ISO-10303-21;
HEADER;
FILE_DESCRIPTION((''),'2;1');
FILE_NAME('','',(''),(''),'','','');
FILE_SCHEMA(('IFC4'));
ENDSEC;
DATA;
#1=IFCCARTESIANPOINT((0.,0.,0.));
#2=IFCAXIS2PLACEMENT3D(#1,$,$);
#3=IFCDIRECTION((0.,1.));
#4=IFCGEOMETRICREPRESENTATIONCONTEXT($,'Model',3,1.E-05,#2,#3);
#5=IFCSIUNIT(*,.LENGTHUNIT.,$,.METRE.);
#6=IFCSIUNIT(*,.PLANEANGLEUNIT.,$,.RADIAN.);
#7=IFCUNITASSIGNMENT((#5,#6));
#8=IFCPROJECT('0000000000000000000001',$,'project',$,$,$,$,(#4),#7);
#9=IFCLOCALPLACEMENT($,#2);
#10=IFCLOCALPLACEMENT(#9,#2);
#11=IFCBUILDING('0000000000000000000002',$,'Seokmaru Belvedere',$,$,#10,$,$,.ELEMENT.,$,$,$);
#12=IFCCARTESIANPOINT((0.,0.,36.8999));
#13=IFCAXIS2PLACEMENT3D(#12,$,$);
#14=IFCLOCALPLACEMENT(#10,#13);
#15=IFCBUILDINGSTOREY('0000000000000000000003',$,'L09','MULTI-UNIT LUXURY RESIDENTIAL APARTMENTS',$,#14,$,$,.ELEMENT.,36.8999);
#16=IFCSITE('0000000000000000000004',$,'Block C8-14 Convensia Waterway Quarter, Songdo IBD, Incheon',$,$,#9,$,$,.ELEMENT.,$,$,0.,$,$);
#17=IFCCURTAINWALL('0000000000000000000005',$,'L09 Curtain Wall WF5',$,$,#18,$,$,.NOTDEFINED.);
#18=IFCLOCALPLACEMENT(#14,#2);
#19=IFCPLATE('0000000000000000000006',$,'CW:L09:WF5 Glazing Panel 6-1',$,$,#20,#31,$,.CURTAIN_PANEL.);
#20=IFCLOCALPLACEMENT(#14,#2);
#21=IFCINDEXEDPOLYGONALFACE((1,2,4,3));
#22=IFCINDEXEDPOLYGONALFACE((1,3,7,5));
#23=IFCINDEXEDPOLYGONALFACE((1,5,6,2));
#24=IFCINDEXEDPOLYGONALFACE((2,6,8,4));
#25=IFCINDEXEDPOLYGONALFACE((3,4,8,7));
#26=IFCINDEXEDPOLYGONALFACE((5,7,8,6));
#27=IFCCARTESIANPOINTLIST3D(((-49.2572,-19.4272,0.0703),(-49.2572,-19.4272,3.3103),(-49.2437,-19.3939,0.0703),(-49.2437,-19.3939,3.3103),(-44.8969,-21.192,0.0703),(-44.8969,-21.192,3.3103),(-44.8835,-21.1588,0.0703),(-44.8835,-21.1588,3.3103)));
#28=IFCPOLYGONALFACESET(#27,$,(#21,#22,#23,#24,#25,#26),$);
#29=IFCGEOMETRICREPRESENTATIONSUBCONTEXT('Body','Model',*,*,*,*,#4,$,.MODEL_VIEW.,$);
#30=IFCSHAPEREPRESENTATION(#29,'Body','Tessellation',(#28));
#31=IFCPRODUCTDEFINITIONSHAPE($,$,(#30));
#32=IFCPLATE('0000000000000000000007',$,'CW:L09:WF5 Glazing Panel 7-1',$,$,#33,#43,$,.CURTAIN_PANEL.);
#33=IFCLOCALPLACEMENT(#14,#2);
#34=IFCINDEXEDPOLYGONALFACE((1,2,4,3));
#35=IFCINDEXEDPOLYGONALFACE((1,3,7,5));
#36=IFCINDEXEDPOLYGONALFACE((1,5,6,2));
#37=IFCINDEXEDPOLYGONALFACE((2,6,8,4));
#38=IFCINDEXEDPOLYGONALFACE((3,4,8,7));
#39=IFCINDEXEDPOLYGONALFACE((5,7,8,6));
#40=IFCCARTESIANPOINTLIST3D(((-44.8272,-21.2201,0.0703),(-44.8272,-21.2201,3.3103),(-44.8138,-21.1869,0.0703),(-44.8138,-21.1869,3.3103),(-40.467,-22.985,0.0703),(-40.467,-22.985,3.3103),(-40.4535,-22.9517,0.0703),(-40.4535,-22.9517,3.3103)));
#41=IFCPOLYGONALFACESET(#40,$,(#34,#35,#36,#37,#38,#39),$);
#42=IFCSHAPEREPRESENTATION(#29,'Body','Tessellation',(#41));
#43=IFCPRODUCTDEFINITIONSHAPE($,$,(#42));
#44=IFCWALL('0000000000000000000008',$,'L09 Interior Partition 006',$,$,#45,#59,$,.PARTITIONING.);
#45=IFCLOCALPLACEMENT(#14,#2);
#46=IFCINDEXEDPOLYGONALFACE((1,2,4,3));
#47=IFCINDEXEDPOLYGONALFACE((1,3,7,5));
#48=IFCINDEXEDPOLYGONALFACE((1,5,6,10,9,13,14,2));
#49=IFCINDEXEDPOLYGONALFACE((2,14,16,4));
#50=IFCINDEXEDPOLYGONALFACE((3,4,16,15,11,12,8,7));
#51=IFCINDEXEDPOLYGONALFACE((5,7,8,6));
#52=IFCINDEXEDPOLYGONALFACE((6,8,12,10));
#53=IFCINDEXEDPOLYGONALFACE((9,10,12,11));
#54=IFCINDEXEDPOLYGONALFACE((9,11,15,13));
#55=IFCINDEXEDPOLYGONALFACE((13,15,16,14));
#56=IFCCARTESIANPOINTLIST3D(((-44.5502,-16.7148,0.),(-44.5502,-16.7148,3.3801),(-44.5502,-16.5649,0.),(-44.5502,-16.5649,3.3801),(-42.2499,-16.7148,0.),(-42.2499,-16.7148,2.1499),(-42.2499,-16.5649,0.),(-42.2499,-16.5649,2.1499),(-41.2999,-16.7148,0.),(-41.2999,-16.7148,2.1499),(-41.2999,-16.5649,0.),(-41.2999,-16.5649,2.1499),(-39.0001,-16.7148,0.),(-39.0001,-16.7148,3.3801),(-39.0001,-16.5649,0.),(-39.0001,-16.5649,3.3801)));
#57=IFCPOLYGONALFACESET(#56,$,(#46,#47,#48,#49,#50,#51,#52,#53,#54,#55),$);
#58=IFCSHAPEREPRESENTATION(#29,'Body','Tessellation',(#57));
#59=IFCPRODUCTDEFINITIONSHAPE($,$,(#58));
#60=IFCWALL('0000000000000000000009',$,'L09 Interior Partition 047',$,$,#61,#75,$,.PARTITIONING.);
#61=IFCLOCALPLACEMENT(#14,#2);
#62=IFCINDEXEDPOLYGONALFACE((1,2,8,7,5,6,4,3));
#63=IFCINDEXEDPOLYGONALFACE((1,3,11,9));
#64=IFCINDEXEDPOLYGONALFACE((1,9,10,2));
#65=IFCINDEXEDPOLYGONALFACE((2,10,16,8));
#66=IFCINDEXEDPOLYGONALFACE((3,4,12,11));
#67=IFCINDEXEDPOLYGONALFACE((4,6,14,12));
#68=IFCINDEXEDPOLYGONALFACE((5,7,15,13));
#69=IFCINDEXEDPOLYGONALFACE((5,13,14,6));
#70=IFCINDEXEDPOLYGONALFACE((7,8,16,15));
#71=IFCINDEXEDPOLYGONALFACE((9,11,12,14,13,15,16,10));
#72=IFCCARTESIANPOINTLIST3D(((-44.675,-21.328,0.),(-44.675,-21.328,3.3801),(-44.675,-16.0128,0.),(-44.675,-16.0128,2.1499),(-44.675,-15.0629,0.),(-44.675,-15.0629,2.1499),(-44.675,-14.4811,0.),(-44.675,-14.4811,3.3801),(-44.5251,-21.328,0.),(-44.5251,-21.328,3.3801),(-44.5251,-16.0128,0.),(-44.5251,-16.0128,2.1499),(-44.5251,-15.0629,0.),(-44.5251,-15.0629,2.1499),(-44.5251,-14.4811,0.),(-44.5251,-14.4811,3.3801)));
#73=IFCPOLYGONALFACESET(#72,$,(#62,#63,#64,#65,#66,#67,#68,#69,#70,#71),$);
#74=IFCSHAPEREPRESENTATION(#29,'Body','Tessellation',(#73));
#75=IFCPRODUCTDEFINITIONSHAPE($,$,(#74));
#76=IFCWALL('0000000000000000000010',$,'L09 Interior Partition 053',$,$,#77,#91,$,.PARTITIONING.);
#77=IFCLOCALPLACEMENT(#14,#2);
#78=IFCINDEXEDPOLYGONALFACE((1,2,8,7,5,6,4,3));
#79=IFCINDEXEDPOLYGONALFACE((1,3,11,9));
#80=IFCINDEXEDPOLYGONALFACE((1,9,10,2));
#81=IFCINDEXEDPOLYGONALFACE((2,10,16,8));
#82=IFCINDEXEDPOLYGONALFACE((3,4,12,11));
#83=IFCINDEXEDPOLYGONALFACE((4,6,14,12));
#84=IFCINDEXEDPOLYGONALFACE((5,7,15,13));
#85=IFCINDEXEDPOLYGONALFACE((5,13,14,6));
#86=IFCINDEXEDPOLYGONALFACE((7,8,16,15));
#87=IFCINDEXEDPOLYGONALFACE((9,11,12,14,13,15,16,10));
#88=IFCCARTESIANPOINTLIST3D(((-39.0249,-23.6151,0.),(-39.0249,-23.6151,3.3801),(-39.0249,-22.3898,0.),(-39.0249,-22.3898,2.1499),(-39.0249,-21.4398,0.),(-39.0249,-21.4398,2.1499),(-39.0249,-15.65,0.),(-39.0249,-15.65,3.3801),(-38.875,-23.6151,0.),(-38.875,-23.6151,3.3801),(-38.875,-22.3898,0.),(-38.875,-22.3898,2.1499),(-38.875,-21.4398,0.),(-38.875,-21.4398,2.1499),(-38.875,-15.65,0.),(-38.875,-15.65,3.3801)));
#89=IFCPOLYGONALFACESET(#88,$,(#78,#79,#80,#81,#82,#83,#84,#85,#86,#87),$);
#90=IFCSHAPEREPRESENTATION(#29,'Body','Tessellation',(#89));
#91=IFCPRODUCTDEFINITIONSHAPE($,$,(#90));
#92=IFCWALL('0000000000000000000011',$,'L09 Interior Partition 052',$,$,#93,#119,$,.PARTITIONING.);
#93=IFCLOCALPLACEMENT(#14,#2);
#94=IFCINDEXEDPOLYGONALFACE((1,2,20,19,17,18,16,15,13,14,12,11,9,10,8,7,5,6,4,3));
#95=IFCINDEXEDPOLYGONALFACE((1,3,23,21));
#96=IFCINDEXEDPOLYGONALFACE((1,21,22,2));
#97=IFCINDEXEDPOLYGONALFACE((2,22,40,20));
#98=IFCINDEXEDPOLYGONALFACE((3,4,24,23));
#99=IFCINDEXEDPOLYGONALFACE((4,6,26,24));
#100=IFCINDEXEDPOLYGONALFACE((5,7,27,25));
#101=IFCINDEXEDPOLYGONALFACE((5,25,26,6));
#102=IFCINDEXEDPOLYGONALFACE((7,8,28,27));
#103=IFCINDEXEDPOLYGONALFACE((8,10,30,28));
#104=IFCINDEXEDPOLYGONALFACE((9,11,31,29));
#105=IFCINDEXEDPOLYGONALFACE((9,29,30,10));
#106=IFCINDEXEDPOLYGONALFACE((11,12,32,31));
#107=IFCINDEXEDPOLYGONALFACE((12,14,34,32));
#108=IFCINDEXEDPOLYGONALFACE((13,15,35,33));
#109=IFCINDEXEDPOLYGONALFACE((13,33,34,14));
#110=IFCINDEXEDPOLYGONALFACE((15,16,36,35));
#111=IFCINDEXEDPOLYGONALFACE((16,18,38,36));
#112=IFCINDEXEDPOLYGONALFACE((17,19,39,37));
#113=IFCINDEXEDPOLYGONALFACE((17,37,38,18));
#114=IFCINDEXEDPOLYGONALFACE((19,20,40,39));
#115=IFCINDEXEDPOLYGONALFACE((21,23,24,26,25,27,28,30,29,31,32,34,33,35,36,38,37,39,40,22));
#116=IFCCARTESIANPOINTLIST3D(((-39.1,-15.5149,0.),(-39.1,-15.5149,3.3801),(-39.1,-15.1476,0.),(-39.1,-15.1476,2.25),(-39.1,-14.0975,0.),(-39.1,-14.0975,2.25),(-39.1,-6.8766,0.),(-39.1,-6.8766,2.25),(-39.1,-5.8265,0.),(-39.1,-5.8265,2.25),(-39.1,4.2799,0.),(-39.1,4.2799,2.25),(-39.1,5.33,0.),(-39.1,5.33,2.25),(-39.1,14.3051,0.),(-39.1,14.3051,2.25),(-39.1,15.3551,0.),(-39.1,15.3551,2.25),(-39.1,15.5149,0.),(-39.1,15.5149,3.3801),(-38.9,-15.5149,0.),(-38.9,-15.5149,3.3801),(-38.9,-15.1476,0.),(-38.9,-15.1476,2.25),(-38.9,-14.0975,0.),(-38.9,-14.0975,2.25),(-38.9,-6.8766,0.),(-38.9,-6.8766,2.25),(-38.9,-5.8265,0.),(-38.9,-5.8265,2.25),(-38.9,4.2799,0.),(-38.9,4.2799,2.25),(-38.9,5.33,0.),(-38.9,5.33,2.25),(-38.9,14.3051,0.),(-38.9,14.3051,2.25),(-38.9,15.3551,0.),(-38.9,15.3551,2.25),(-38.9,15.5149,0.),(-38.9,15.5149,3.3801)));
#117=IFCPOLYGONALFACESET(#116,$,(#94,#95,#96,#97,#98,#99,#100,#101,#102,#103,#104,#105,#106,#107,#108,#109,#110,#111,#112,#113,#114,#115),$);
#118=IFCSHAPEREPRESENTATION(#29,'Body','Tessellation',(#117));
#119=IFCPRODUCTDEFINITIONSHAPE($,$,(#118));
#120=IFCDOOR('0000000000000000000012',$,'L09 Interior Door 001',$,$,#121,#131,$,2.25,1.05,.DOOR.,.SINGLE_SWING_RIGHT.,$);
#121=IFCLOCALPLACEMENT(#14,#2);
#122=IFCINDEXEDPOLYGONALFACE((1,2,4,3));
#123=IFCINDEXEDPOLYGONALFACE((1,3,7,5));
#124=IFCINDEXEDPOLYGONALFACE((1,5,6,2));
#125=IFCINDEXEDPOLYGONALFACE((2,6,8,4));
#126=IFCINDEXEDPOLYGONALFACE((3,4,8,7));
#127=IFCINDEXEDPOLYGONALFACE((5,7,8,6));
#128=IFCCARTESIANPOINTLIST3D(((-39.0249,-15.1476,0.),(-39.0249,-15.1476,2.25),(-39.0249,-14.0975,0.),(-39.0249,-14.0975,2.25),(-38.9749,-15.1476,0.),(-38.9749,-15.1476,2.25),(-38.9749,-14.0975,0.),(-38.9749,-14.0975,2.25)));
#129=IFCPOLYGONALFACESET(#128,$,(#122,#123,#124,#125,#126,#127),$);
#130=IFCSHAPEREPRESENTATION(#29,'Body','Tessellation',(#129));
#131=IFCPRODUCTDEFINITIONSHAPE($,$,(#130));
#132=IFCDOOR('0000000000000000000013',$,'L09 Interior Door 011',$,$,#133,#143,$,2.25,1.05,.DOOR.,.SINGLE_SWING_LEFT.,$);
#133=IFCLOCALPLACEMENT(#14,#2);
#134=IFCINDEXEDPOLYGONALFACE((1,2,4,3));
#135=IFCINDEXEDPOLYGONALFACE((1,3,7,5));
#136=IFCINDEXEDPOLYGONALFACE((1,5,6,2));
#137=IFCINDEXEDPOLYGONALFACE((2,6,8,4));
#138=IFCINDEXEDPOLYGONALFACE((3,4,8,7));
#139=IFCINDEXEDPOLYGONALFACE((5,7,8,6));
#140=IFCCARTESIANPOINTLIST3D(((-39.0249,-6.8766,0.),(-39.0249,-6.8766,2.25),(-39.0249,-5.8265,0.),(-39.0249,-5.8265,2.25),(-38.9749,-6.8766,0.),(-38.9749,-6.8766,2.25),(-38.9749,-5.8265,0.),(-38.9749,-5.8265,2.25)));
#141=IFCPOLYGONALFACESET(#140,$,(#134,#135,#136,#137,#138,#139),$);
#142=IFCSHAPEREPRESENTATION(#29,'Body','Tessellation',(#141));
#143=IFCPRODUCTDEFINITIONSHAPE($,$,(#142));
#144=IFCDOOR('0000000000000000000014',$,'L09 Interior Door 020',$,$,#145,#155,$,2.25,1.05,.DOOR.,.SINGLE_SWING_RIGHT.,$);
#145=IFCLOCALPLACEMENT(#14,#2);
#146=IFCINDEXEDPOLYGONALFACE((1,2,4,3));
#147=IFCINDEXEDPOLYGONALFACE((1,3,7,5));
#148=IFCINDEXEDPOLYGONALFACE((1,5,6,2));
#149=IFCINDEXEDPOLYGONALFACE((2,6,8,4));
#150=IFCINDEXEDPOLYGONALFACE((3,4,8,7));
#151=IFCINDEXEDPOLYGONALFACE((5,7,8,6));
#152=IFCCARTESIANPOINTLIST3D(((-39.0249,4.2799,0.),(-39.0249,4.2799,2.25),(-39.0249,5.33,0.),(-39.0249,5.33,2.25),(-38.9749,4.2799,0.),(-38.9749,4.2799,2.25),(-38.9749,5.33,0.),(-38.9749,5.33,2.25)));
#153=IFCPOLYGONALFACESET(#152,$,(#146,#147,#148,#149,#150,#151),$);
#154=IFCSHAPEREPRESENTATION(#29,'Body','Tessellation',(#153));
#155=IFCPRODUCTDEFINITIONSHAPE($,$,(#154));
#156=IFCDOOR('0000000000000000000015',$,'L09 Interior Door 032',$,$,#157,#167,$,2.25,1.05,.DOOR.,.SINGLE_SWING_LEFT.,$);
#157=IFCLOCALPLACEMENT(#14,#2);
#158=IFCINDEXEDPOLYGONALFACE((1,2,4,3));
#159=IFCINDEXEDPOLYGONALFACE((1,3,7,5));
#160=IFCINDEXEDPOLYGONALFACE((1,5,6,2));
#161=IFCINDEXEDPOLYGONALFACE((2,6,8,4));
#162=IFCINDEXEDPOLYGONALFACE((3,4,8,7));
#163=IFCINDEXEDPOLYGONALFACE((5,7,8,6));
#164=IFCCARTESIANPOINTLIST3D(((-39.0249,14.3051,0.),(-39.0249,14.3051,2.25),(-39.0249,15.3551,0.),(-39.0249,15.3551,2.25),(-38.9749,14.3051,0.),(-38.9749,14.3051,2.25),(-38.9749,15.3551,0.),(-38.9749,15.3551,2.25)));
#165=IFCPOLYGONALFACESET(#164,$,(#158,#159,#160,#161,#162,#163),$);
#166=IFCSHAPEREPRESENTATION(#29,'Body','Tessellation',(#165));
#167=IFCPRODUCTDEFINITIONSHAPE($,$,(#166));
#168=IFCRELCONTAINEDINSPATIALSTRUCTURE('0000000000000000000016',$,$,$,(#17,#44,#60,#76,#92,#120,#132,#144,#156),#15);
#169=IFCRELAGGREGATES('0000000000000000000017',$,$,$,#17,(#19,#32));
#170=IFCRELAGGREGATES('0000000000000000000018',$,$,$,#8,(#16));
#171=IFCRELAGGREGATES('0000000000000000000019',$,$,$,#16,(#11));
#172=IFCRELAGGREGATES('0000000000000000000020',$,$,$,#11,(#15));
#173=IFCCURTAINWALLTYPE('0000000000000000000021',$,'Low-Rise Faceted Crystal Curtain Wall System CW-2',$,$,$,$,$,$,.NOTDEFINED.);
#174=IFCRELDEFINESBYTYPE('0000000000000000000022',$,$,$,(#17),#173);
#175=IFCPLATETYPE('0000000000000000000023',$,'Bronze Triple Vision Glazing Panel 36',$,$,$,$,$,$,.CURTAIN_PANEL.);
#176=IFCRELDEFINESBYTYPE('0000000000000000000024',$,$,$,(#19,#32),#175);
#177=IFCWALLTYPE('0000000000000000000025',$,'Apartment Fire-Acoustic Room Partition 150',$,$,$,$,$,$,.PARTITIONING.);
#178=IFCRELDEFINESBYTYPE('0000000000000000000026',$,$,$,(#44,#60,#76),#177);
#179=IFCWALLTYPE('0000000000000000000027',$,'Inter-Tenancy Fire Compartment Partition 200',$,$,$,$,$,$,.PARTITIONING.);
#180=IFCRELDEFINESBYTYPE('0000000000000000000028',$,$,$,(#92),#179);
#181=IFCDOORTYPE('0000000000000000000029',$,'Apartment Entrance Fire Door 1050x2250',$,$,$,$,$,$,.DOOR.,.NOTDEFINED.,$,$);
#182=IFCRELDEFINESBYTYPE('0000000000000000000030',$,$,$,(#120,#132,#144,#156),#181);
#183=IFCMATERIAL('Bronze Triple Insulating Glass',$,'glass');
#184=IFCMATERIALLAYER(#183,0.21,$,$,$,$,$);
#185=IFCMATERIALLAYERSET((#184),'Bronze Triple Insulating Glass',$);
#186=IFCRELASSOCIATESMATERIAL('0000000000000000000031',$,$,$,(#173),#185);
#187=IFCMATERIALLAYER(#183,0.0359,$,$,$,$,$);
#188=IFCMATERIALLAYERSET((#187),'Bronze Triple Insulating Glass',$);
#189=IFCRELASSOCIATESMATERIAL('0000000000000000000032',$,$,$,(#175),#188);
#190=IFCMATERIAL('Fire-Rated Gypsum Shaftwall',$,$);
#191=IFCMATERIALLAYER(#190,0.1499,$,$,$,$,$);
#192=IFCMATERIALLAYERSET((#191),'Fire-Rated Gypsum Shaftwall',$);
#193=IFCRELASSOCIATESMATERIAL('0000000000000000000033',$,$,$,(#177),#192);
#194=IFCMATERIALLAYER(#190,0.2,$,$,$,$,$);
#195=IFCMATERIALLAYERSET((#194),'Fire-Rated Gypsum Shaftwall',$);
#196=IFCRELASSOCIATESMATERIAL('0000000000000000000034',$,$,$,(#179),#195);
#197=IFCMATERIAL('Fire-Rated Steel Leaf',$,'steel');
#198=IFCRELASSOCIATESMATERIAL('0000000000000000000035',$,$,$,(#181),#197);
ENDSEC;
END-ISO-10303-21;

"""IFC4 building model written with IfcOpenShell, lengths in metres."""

from ifc_helpers import new_model, si_unit, direction, frame, frame_2d, origin, origin_2d, place, context, subcontext, project, spatial, rectangle, extrude, source, transform, mapped, material, layer, layer_set, type_object, type_shapes, element, fill, aggregate, save


model = new_model("IFC4")

# Units and contexts
model_context = context("Model", 3, precision=1e-05, world=origin(), true_north=direction((0.0, 1.0)))
body_context = subcontext(model_context, "Body", "Model", "MODEL_VIEW")
ifc_project = project(units=[si_unit("LENGTHUNIT", "METRE"), si_unit("PLANEANGLEUNIT", "RADIAN")], contexts=[model_context])

# Site, building, storey
site_placement = place(None, origin())
site = spatial("IfcSite", under=ifc_project, at=site_placement, Name="Block C8-14 Convensia Waterway Quarter, Songdo IBD, Incheon", CompositionType="ELEMENT", RefElevation=0.0)
building_placement = place(site_placement, origin())
building = spatial("IfcBuilding", under=site, at=building_placement, Name="Seokmaru Belvedere", CompositionType="ELEMENT")
storey_placement = place(building_placement, frame((0.0, 0.0, 36.8999)))
storey = spatial("IfcBuildingStorey", under=building, at=storey_placement, Name="L09", Description="MULTI-UNIT LUXURY RESIDENTIAL APARTMENTS", CompositionType="ELEMENT", Elevation=36.8999)

# Curtain wall, plates
ifc_material_1 = material(Name="Bronze Triple Insulating Glass", Category="glass")
ifc_layer_1 = layer(ifc_material_1, 0.21)
ifc_layer_set_1 = layer_set([ifc_layer_1], Name="Bronze Triple Insulating Glass")
curtain_wall_type = type_object("IfcCurtainWallType", Name="Low-Rise Faceted Crystal Curtain Wall System CW-2", PredefinedType="NOTDEFINED", material=ifc_layer_set_1)
curtain_wall_placement = place(storey_placement, origin())
curtain_wall = element("IfcCurtainWall", 1, at=curtain_wall_placement, inside=storey, type_object=curtain_wall_type, Name="L09 Curtain Wall WF5", PredefinedType="NOTDEFINED")
ifc_layer_2 = layer(ifc_material_1, 0.0359)
ifc_layer_set_2 = layer_set([ifc_layer_2], Name="Bronze Triple Insulating Glass")
plate_type = type_object("IfcPlateType", Name="Bronze Triple Vision Glazing Panel 36", PredefinedType="CURTAIN_PANEL", material=ifc_layer_set_2)
shared_shape_1 = source(origin(), body_context, "Body", "SweptSolid", [
    extrude(rectangle(XDim=4.7039, YDim=0.0359, at=origin_2d()), origin(), (0.0, 0.0, 1.0), 3.24),
])
type_shapes(plate_type, [shared_shape_1])
plate_1_placement = place(storey_placement, frame((-47.0703, -20.293, 0.0703), z_axis=(0.0, 0.0, 1.0), x_axis=(0.926947, -0.375192, 0.0)))
plate_1 = element("IfcPlate", 2, at=plate_1_placement, type_object=plate_type, Name="CW:L09:WF5 Glazing Panel 6-1", PredefinedType="CURTAIN_PANEL", context=body_context, shape_type="MappedRepresentation", body=[
    mapped(shared_shape_1, transform((0.0, 0.0, 0.0), scale=1.0)),
])
plate_2_placement = place(storey_placement, frame((-42.6404, -22.0859, 0.0703), z_axis=(0.0, 0.0, 1.0), x_axis=(0.926947, -0.375192, 0.0)))
plate_2 = element("IfcPlate", 3, at=plate_2_placement, type_object=plate_type, Name="CW:L09:WF5 Glazing Panel 7-1", PredefinedType="CURTAIN_PANEL", context=body_context, shape_type="MappedRepresentation", body=[
    mapped(shared_shape_1, transform((0.0, 0.0, 0.0), scale=1.0)),
])
aggregate(curtain_wall, [plate_1, plate_2])

# Walls, openings
ifc_material_2 = material(Name="Fire-Rated Gypsum Shaftwall")
ifc_layer_3 = layer(ifc_material_2, 0.1499)
ifc_layer_set_3 = layer_set([ifc_layer_3], Name="Fire-Rated Gypsum Shaftwall")
wall_type_1 = type_object("IfcWallType", Name="Apartment Fire-Acoustic Room Partition 150", PredefinedType="PARTITIONING", material=ifc_layer_set_3)
wall_1_placement = place(storey_placement, frame((-44.55, -16.6399, 0.0), z_axis=(0.0, 0.0, 1.0), x_axis=(1.0, 0.0, 0.0)))
wall_1 = element("IfcWall", 4, at=wall_1_placement, inside=storey, type_object=wall_type_1, Name="L09 Interior Partition 006", PredefinedType="PARTITIONING", context=body_context, shape_type="SweptSolid", body=[
    extrude(rectangle(XDim=5.55, YDim=0.1499, at=frame_2d((2.7749, 0.0))), origin(), (0.0, 0.0, 1.0), 3.3801),
])
opening_1_placement = place(wall_1_placement, frame((2.3, 0.0, 0.0)))
element("IfcOpeningElement", 5, at=opening_1_placement, cuts=wall_1, PredefinedType="OPENING", context=body_context, shape_type="SweptSolid", body=[
    extrude(rectangle(XDim=0.95, YDim=2.1499, at=frame_2d((0.4751, 1.075))), frame((0.0, 0.085, 0.0), z_axis=(0.0, -1.0, 0.0), x_axis=(1.0, 0.0, 0.0)), (0.0, 0.0, 1.0), 0.1699),
])
wall_2_placement = place(storey_placement, frame((-44.6001, -21.3279, 0.0), z_axis=(0.0, 0.0, 1.0), x_axis=(0.0, 1.0, 0.0)))
wall_2 = element("IfcWall", 6, at=wall_2_placement, inside=storey, type_object=wall_type_1, Name="L09 Interior Partition 047", PredefinedType="PARTITIONING", context=body_context, shape_type="SweptSolid", body=[
    extrude(rectangle(XDim=6.8469, YDim=0.1499, at=frame_2d((3.4233, 0.0))), origin(), (0.0, 0.0, 1.0), 3.3801),
])
opening_2_placement = place(wall_2_placement, frame((5.3149, 0.0, 0.0)))
element("IfcOpeningElement", 7, at=opening_2_placement, cuts=wall_2, PredefinedType="OPENING", context=body_context, shape_type="SweptSolid", body=[
    extrude(rectangle(XDim=0.95, YDim=2.1499, at=frame_2d((0.4751, 1.075))), frame((0.0, 0.085, 0.0), z_axis=(0.0, -1.0, 0.0), x_axis=(1.0, 0.0, 0.0)), (0.0, 0.0, 1.0), 0.1699),
])
wall_3_placement = place(storey_placement, frame((-38.95, -23.615, 0.0), z_axis=(0.0, 0.0, 1.0), x_axis=(0.0, 1.0, 0.0)))
wall_3 = element("IfcWall", 8, at=wall_3_placement, inside=storey, type_object=wall_type_1, Name="L09 Interior Partition 053", PredefinedType="PARTITIONING", context=body_context, shape_type="SweptSolid", body=[
    extrude(rectangle(XDim=7.9651, YDim=0.1499, at=frame_2d((3.9824, 0.0))), origin(), (0.0, 0.0, 1.0), 3.3801),
])
opening_3_placement = place(wall_3_placement, frame((1.2251, 0.0, 0.0)))
element("IfcOpeningElement", 9, at=opening_3_placement, cuts=wall_3, PredefinedType="OPENING", context=body_context, shape_type="SweptSolid", body=[
    extrude(rectangle(XDim=0.95, YDim=2.1499, at=frame_2d((0.4751, 1.075))), frame((0.0, 0.085, 0.0), z_axis=(0.0, -1.0, 0.0), x_axis=(1.0, 0.0, 0.0)), (0.0, 0.0, 1.0), 0.1699),
])

# Wall, openings, doors
ifc_layer_4 = layer(ifc_material_2, 0.2)
ifc_layer_set_4 = layer_set([ifc_layer_4], Name="Fire-Rated Gypsum Shaftwall")
wall_type_2 = type_object("IfcWallType", Name="Inter-Tenancy Fire Compartment Partition 200", PredefinedType="PARTITIONING", material=ifc_layer_set_4)
wall_4_placement = place(storey_placement, frame((-39.0, -15.5149, 0.0), z_axis=(0.0, 0.0, 1.0), x_axis=(0.0, 1.0, 0.0)))
wall_4 = element("IfcWall", 10, at=wall_4_placement, inside=storey, type_object=wall_type_2, Name="L09 Interior Partition 052", PredefinedType="PARTITIONING", context=body_context, shape_type="SweptSolid", body=[
    extrude(rectangle(XDim=31.0298, YDim=0.2, at=frame_2d((15.5149, 0.0))), origin(), (0.0, 0.0, 1.0), 3.3801),
])
opening_4_placement = place(wall_4_placement, frame((0.3674, 0.0, 0.0)))
opening_4 = element("IfcOpeningElement", 11, at=opening_4_placement, cuts=wall_4, PredefinedType="OPENING", context=body_context, shape_type="SweptSolid", body=[
    extrude(rectangle(XDim=1.05, YDim=2.25, at=frame_2d((0.5249, 1.125))), frame((0.0, 0.1099, 0.0), z_axis=(0.0, -1.0, 0.0), x_axis=(1.0, 0.0, 0.0)), (0.0, 0.0, 1.0), 0.22),
])
opening_5_placement = place(wall_4_placement, frame((8.6384, 0.0, 0.0)))
opening_5 = element("IfcOpeningElement", 12, at=opening_5_placement, cuts=wall_4, PredefinedType="OPENING", context=body_context, shape_type="SweptSolid", body=[
    extrude(rectangle(XDim=1.05, YDim=2.25, at=frame_2d((0.5249, 1.125))), frame((0.0, 0.1099, 0.0), z_axis=(0.0, -1.0, 0.0), x_axis=(1.0, 0.0, 0.0)), (0.0, 0.0, 1.0), 0.22),
])
opening_6_placement = place(wall_4_placement, frame((19.7949, 0.0, 0.0)))
opening_6 = element("IfcOpeningElement", 13, at=opening_6_placement, cuts=wall_4, PredefinedType="OPENING", context=body_context, shape_type="SweptSolid", body=[
    extrude(rectangle(XDim=1.05, YDim=2.25, at=frame_2d((0.5249, 1.125))), frame((0.0, 0.1099, 0.0), z_axis=(0.0, -1.0, 0.0), x_axis=(1.0, 0.0, 0.0)), (0.0, 0.0, 1.0), 0.22),
])
opening_7_placement = place(wall_4_placement, frame((29.8201, 0.0, 0.0)))
opening_7 = element("IfcOpeningElement", 14, at=opening_7_placement, cuts=wall_4, PredefinedType="OPENING", context=body_context, shape_type="SweptSolid", body=[
    extrude(rectangle(XDim=1.05, YDim=2.25, at=frame_2d((0.5249, 1.125))), frame((0.0, 0.1099, 0.0), z_axis=(0.0, -1.0, 0.0), x_axis=(1.0, 0.0, 0.0)), (0.0, 0.0, 1.0), 0.22),
])
ifc_material_3 = material(Name="Fire-Rated Steel Leaf", Category="steel")
door_type_1 = type_object("IfcDoorType", Name="Apartment Entrance Fire Door 1050x2250", OperationType="NOTDEFINED", PredefinedType="DOOR", material=ifc_material_3)
shared_shape_2 = source(origin(), body_context, "Body", "SweptSolid", [
    extrude(rectangle(XDim=1.05, YDim=2.25, at=frame_2d((0.5249, 1.125))), frame((0.0, 0.0249, 0.0), z_axis=(0.0, -1.0, 0.0), x_axis=(1.0, 0.0, 0.0)), (0.0, 0.0, 1.0), 0.05),
])
type_shapes(door_type_1, [shared_shape_2])
door_1_placement = place(opening_4_placement, origin())
door_1 = element("IfcDoor", 15, at=door_1_placement, inside=storey, type_object=door_type_1, Name="L09 Interior Door 001", OperationType="SINGLE_SWING_RIGHT", OverallHeight=2.25, OverallWidth=1.05, PredefinedType="DOOR", context=body_context, shape_type="MappedRepresentation", body=[
    mapped(shared_shape_2, transform((0.0, 0.0, 0.0), scale=1.0)),
])
fill(opening_4, door_1)
door_2_placement = place(opening_5_placement, origin())
door_2 = element("IfcDoor", 16, at=door_2_placement, inside=storey, type_object=door_type_1, Name="L09 Interior Door 011", OperationType="SINGLE_SWING_LEFT", OverallHeight=2.25, OverallWidth=1.05, PredefinedType="DOOR", context=body_context, shape_type="MappedRepresentation", body=[
    mapped(shared_shape_2, transform((0.0, 0.0, 0.0), scale=1.0)),
])
fill(opening_5, door_2)
door_3_placement = place(opening_6_placement, origin())
door_3 = element("IfcDoor", 17, at=door_3_placement, inside=storey, type_object=door_type_1, Name="L09 Interior Door 020", OperationType="SINGLE_SWING_RIGHT", OverallHeight=2.25, OverallWidth=1.05, PredefinedType="DOOR", context=body_context, shape_type="MappedRepresentation", body=[
    mapped(shared_shape_2, transform((0.0, 0.0, 0.0), scale=1.0)),
])
fill(opening_6, door_3)
door_4_placement = place(opening_7_placement, origin())
door_4 = element("IfcDoor", 18, at=door_4_placement, inside=storey, type_object=door_type_1, Name="L09 Interior Door 032", OperationType="SINGLE_SWING_LEFT", OverallHeight=2.25, OverallWidth=1.05, PredefinedType="DOOR", context=body_context, shape_type="MappedRepresentation", body=[
    mapped(shared_shape_2, transform((0.0, 0.0, 0.0), scale=1.0)),
])
fill(opening_7, door_4)

save(model, "model.ifc")
